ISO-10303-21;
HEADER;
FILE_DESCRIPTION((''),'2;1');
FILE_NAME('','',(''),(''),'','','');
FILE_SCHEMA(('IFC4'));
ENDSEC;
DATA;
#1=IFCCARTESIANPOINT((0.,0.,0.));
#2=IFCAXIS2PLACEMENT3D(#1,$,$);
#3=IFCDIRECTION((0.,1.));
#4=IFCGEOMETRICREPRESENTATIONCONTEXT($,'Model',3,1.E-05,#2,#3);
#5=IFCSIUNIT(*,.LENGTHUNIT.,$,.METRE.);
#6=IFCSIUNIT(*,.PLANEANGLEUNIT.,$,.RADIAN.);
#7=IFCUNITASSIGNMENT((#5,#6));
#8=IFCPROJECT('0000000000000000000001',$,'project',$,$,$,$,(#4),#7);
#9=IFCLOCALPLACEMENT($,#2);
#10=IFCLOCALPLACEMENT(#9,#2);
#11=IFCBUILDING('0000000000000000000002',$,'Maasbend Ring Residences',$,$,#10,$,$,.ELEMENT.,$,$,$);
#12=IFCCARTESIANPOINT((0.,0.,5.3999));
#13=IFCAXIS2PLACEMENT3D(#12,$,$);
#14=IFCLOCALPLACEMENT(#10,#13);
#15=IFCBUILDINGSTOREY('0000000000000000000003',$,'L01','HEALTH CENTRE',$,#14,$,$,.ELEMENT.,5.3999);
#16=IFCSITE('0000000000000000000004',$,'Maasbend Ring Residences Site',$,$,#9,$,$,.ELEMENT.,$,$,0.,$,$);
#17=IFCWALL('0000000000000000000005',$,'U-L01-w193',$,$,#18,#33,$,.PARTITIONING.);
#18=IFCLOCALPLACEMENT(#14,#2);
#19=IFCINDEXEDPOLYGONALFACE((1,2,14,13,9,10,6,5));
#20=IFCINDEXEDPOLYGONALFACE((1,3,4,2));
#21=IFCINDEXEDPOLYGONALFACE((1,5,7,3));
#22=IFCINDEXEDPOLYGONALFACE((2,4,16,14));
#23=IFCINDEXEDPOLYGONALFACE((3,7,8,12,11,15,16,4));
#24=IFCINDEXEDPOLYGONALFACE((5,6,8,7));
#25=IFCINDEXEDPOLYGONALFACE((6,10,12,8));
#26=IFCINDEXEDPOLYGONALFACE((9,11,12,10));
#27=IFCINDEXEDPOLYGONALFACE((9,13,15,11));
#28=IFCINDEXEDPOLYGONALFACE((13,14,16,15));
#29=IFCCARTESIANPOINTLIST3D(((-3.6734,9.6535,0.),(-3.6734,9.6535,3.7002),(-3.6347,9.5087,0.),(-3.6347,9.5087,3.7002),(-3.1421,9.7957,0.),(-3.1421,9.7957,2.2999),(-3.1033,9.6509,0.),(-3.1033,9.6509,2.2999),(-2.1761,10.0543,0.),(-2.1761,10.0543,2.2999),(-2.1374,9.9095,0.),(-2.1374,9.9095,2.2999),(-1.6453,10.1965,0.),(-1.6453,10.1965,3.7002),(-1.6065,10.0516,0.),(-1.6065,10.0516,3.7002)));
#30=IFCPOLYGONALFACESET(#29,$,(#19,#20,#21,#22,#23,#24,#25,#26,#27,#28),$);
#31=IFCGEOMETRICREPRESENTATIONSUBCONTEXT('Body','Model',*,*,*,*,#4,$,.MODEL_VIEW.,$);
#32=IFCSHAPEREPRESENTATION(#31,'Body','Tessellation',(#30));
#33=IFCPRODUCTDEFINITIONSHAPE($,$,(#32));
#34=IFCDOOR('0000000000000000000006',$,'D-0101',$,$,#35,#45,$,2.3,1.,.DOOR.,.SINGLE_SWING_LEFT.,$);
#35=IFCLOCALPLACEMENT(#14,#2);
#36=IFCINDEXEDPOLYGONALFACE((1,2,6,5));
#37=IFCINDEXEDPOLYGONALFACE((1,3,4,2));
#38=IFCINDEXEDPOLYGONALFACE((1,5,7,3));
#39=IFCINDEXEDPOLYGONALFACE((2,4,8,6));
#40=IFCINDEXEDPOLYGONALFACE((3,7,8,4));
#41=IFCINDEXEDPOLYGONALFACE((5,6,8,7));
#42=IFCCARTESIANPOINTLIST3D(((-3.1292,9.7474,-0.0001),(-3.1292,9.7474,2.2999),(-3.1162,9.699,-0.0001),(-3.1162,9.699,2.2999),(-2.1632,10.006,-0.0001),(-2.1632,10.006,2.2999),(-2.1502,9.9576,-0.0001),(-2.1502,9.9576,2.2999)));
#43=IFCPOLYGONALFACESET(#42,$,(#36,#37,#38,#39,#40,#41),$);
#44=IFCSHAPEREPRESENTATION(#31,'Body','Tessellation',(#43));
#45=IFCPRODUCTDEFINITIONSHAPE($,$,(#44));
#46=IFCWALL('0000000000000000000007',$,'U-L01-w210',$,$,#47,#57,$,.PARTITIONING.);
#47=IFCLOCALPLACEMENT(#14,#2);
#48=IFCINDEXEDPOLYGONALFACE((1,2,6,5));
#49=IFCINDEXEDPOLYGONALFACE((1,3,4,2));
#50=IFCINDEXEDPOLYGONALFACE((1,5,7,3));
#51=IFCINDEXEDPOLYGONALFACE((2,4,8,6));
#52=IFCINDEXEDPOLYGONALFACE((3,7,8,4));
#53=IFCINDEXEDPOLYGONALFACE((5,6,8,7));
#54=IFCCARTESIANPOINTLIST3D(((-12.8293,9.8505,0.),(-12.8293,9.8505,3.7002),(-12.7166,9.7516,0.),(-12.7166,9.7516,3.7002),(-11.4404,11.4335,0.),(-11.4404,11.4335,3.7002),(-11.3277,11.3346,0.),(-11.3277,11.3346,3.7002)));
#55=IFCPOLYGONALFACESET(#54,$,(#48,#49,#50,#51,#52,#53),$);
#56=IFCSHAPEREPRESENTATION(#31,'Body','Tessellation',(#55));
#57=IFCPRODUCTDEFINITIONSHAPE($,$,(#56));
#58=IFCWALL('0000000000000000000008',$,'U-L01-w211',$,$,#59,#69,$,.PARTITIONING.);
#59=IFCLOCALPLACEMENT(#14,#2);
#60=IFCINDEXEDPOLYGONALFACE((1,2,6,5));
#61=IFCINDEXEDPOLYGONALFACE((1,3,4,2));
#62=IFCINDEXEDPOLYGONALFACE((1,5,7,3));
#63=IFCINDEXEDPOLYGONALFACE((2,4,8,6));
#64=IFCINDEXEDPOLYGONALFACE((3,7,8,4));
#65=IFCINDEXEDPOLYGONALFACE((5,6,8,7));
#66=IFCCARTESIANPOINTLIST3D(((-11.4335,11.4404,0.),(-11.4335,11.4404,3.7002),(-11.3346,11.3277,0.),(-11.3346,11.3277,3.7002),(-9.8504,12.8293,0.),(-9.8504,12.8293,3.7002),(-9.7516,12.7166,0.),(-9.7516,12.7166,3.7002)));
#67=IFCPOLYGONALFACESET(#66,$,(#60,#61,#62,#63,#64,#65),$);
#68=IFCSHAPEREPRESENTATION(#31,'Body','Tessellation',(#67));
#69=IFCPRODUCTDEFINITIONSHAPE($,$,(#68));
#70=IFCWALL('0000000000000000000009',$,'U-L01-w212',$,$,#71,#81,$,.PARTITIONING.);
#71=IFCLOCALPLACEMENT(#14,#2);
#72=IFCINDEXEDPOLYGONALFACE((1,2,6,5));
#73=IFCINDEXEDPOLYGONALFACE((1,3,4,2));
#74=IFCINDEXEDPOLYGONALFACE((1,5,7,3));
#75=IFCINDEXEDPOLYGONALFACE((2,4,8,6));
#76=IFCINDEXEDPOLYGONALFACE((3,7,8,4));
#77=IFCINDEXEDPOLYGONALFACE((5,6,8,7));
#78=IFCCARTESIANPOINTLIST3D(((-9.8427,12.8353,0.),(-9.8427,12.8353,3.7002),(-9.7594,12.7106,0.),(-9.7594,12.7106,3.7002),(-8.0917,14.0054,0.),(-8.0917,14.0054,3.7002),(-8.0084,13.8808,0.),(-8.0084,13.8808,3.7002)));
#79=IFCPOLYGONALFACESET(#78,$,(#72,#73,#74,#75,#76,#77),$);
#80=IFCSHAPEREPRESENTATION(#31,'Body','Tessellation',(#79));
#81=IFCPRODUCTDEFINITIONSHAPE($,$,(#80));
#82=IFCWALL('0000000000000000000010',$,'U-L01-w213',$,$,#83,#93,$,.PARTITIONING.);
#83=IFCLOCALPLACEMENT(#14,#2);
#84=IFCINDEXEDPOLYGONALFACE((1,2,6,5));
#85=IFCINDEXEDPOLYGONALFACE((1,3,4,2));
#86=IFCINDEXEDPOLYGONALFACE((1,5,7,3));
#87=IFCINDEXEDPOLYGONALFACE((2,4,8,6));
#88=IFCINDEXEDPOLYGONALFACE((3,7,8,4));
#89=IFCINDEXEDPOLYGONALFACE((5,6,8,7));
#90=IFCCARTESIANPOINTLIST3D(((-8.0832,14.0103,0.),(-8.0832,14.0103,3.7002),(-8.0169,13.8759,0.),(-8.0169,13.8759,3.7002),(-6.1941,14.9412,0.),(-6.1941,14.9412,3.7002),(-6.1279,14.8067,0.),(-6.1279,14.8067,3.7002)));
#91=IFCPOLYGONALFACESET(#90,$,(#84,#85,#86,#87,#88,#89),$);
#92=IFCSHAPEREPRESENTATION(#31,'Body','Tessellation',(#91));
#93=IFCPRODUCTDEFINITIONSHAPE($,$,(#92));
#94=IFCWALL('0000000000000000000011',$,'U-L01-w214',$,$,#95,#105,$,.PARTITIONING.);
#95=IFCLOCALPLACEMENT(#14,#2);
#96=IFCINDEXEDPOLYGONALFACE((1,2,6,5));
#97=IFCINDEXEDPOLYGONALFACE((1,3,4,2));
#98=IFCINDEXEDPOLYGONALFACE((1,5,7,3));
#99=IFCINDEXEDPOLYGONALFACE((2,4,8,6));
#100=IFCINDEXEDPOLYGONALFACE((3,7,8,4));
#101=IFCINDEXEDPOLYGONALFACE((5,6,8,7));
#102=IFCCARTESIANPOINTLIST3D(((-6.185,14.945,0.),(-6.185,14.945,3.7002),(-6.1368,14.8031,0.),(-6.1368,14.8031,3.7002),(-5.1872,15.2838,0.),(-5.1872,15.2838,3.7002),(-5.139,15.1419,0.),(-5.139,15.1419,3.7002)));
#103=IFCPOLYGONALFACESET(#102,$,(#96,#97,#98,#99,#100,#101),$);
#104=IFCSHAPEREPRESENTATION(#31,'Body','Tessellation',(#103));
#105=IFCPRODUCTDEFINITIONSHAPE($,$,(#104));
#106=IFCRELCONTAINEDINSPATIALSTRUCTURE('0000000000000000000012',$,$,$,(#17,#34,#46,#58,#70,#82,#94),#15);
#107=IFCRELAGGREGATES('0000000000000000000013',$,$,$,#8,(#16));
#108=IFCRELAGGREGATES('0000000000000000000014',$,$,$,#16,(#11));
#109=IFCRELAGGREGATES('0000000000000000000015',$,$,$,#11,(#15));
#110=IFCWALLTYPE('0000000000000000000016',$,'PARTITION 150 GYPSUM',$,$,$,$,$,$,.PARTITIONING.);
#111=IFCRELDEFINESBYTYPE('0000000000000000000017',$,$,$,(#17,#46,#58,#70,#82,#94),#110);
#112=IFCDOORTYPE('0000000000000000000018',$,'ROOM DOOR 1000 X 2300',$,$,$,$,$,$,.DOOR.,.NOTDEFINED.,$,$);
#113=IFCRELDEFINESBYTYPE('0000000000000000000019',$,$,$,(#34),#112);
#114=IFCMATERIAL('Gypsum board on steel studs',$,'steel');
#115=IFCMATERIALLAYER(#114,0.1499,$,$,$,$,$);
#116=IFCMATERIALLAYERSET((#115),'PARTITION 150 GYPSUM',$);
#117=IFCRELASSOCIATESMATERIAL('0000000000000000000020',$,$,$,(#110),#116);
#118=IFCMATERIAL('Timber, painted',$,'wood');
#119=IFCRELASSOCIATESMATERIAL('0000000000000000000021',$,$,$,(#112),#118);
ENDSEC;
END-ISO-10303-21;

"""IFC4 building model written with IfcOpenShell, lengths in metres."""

from ifc_helpers import new_model, si_unit, direction, frame, frame_2d, origin, place, context, subcontext, project, spatial, rectangle, extrude, material, layer, layer_set, type_object, element, fill, save


model = new_model("IFC4")

# Units and contexts
model_context = context("Model", 3, precision=1e-05, world=origin(), true_north=direction((0.0, 1.0)))
body_context = subcontext(model_context, "Body", "Model", "MODEL_VIEW")
ifc_project = project(units=[si_unit("LENGTHUNIT", "METRE"), si_unit("PLANEANGLEUNIT", "RADIAN")], contexts=[model_context])

# Site, building, storey
site_placement = place(None, origin())
site = spatial("IfcSite", under=ifc_project, at=site_placement, Name="Maasbend Ring Residences Site", CompositionType="ELEMENT", RefElevation=0.0)
building_placement = place(site_placement, origin())
building = spatial("IfcBuilding", under=site, at=building_placement, Name="Maasbend Ring Residences", CompositionType="ELEMENT")
storey_placement = place(building_placement, frame((0.0, 0.0, 5.3999)))
storey = spatial("IfcBuildingStorey", under=building, at=storey_placement, Name="L01", Description="HEALTH CENTRE", CompositionType="ELEMENT", Elevation=5.3999)

# Shared definitions
ifc_material_1 = material(Name="Gypsum board on steel studs", Category="steel")
ifc_layer_1 = layer(ifc_material_1, 0.1499)
ifc_layer_set_1 = layer_set([ifc_layer_1], Name="PARTITION 150 GYPSUM")
wall_type_1 = type_object("IfcWallType", Name="PARTITION 150 GYPSUM", PredefinedType="PARTITIONING", material=ifc_layer_set_1)

# Wall, opening, door
wall_1_placement = place(storey_placement, frame((-3.6541, 9.5811, 0.0), z_axis=(0.0, 0.0, 1.0), x_axis=(0.96598, 0.258618, 0.0)))
wall_1 = element("IfcWall", 1, at=wall_1_placement, inside=storey, type_object=wall_type_1, Name="U-L01-w193", PredefinedType="PARTITIONING", context=body_context, shape_type="SweptSolid", body=[
    extrude(rectangle(XDim=2.0996, YDim=0.1499, at=frame_2d((1.0498, 0.0))), origin(), (0.0, 0.0, 1.0), 3.7002),
])
opening_1_placement = place(wall_1_placement, frame((0.55, 0.0, 0.0)))
opening_1 = element("IfcOpeningElement", 2, at=opening_1_placement, cuts=wall_1, PredefinedType="OPENING", context=body_context, shape_type="SweptSolid", body=[
    extrude(rectangle(XDim=1.0, YDim=2.3, at=frame_2d((0.5, 1.1499))), frame((0.0, 0.085, 0.0), z_axis=(0.0, -1.0, 0.0), x_axis=(1.0, 0.0, 0.0)), (0.0, 0.0, 1.0), 0.1699),
])
ifc_material_2 = material(Name="Timber, painted", Category="wood")
door_type_1 = type_object("IfcDoorType", Name="ROOM DOOR 1000 X 2300", OperationType="NOTDEFINED", PredefinedType="DOOR", material=ifc_material_2)
door_1_placement = place(opening_1_placement, origin())
door_1 = element("IfcDoor", 3, at=door_1_placement, inside=storey, type_object=door_type_1, Name="D-0101", OperationType="SINGLE_SWING_LEFT", OverallHeight=2.3, OverallWidth=1.0, PredefinedType="DOOR", context=body_context, shape_type="SweptSolid", body=[
    extrude(rectangle(XDim=1.0, YDim=2.3, at=frame_2d((0.5, 1.1499))), frame((0.0, 0.0249, 0.0), z_axis=(0.0, -1.0, 0.0), x_axis=(1.0, 0.0, 0.0)), (0.0, 0.0, 1.0), 0.05),
])
fill(opening_1, door_1)

# Walls
for number, where, z_axis, x_axis, name in (
    (4, (-12.7729, 9.801, 0.0), (0.0, 0.0, 1.0), (0.659522, 0.751686, 0.0), "U-L01-w210"),
    (5, (-11.384, 11.384, 0.0), (0.0, 0.0, 1.0), (0.751686, 0.659522, 0.0), "U-L01-w211"),
    (6, (-9.801, 12.7729, 0.0), (0.0, 0.0, 1.0), (0.831426, 0.555636, 0.0), "U-L01-w212"),
    (7, (-8.05, 13.9431, 0.0), (0.0, 0.0, 1.0), (0.897009, 0.442013, 0.0), "U-L01-w213"),
):
    element("IfcWall", number, at=place(storey_placement, frame(where, z_axis=z_axis, x_axis=x_axis)), inside=storey, type_object=wall_type_1, Name=name, PredefinedType="PARTITIONING", context=body_context, shape_type="SweptSolid", body=[
        extrude(rectangle(XDim=2.106, YDim=0.1499, at=frame_2d((1.053, 0.0))), origin(), (0.0, 0.0, 1.0), 3.7002),
    ])
wall_2_placement = place(storey_placement, frame((-6.1609, 14.874, 0.0), z_axis=(0.0, 0.0, 1.0), x_axis=(0.946884, 0.321575, 0.0)))
element("IfcWall", 8, at=wall_2_placement, inside=storey, type_object=wall_type_1, Name="U-L01-w214", PredefinedType="PARTITIONING", context=body_context, shape_type="SweptSolid", body=[
    extrude(rectangle(XDim=1.0537, YDim=0.1499, at=frame_2d((0.5269, 0.0))), origin(), (0.0, 0.0, 1.0), 3.7002),
])

save(model, "model.ifc")
